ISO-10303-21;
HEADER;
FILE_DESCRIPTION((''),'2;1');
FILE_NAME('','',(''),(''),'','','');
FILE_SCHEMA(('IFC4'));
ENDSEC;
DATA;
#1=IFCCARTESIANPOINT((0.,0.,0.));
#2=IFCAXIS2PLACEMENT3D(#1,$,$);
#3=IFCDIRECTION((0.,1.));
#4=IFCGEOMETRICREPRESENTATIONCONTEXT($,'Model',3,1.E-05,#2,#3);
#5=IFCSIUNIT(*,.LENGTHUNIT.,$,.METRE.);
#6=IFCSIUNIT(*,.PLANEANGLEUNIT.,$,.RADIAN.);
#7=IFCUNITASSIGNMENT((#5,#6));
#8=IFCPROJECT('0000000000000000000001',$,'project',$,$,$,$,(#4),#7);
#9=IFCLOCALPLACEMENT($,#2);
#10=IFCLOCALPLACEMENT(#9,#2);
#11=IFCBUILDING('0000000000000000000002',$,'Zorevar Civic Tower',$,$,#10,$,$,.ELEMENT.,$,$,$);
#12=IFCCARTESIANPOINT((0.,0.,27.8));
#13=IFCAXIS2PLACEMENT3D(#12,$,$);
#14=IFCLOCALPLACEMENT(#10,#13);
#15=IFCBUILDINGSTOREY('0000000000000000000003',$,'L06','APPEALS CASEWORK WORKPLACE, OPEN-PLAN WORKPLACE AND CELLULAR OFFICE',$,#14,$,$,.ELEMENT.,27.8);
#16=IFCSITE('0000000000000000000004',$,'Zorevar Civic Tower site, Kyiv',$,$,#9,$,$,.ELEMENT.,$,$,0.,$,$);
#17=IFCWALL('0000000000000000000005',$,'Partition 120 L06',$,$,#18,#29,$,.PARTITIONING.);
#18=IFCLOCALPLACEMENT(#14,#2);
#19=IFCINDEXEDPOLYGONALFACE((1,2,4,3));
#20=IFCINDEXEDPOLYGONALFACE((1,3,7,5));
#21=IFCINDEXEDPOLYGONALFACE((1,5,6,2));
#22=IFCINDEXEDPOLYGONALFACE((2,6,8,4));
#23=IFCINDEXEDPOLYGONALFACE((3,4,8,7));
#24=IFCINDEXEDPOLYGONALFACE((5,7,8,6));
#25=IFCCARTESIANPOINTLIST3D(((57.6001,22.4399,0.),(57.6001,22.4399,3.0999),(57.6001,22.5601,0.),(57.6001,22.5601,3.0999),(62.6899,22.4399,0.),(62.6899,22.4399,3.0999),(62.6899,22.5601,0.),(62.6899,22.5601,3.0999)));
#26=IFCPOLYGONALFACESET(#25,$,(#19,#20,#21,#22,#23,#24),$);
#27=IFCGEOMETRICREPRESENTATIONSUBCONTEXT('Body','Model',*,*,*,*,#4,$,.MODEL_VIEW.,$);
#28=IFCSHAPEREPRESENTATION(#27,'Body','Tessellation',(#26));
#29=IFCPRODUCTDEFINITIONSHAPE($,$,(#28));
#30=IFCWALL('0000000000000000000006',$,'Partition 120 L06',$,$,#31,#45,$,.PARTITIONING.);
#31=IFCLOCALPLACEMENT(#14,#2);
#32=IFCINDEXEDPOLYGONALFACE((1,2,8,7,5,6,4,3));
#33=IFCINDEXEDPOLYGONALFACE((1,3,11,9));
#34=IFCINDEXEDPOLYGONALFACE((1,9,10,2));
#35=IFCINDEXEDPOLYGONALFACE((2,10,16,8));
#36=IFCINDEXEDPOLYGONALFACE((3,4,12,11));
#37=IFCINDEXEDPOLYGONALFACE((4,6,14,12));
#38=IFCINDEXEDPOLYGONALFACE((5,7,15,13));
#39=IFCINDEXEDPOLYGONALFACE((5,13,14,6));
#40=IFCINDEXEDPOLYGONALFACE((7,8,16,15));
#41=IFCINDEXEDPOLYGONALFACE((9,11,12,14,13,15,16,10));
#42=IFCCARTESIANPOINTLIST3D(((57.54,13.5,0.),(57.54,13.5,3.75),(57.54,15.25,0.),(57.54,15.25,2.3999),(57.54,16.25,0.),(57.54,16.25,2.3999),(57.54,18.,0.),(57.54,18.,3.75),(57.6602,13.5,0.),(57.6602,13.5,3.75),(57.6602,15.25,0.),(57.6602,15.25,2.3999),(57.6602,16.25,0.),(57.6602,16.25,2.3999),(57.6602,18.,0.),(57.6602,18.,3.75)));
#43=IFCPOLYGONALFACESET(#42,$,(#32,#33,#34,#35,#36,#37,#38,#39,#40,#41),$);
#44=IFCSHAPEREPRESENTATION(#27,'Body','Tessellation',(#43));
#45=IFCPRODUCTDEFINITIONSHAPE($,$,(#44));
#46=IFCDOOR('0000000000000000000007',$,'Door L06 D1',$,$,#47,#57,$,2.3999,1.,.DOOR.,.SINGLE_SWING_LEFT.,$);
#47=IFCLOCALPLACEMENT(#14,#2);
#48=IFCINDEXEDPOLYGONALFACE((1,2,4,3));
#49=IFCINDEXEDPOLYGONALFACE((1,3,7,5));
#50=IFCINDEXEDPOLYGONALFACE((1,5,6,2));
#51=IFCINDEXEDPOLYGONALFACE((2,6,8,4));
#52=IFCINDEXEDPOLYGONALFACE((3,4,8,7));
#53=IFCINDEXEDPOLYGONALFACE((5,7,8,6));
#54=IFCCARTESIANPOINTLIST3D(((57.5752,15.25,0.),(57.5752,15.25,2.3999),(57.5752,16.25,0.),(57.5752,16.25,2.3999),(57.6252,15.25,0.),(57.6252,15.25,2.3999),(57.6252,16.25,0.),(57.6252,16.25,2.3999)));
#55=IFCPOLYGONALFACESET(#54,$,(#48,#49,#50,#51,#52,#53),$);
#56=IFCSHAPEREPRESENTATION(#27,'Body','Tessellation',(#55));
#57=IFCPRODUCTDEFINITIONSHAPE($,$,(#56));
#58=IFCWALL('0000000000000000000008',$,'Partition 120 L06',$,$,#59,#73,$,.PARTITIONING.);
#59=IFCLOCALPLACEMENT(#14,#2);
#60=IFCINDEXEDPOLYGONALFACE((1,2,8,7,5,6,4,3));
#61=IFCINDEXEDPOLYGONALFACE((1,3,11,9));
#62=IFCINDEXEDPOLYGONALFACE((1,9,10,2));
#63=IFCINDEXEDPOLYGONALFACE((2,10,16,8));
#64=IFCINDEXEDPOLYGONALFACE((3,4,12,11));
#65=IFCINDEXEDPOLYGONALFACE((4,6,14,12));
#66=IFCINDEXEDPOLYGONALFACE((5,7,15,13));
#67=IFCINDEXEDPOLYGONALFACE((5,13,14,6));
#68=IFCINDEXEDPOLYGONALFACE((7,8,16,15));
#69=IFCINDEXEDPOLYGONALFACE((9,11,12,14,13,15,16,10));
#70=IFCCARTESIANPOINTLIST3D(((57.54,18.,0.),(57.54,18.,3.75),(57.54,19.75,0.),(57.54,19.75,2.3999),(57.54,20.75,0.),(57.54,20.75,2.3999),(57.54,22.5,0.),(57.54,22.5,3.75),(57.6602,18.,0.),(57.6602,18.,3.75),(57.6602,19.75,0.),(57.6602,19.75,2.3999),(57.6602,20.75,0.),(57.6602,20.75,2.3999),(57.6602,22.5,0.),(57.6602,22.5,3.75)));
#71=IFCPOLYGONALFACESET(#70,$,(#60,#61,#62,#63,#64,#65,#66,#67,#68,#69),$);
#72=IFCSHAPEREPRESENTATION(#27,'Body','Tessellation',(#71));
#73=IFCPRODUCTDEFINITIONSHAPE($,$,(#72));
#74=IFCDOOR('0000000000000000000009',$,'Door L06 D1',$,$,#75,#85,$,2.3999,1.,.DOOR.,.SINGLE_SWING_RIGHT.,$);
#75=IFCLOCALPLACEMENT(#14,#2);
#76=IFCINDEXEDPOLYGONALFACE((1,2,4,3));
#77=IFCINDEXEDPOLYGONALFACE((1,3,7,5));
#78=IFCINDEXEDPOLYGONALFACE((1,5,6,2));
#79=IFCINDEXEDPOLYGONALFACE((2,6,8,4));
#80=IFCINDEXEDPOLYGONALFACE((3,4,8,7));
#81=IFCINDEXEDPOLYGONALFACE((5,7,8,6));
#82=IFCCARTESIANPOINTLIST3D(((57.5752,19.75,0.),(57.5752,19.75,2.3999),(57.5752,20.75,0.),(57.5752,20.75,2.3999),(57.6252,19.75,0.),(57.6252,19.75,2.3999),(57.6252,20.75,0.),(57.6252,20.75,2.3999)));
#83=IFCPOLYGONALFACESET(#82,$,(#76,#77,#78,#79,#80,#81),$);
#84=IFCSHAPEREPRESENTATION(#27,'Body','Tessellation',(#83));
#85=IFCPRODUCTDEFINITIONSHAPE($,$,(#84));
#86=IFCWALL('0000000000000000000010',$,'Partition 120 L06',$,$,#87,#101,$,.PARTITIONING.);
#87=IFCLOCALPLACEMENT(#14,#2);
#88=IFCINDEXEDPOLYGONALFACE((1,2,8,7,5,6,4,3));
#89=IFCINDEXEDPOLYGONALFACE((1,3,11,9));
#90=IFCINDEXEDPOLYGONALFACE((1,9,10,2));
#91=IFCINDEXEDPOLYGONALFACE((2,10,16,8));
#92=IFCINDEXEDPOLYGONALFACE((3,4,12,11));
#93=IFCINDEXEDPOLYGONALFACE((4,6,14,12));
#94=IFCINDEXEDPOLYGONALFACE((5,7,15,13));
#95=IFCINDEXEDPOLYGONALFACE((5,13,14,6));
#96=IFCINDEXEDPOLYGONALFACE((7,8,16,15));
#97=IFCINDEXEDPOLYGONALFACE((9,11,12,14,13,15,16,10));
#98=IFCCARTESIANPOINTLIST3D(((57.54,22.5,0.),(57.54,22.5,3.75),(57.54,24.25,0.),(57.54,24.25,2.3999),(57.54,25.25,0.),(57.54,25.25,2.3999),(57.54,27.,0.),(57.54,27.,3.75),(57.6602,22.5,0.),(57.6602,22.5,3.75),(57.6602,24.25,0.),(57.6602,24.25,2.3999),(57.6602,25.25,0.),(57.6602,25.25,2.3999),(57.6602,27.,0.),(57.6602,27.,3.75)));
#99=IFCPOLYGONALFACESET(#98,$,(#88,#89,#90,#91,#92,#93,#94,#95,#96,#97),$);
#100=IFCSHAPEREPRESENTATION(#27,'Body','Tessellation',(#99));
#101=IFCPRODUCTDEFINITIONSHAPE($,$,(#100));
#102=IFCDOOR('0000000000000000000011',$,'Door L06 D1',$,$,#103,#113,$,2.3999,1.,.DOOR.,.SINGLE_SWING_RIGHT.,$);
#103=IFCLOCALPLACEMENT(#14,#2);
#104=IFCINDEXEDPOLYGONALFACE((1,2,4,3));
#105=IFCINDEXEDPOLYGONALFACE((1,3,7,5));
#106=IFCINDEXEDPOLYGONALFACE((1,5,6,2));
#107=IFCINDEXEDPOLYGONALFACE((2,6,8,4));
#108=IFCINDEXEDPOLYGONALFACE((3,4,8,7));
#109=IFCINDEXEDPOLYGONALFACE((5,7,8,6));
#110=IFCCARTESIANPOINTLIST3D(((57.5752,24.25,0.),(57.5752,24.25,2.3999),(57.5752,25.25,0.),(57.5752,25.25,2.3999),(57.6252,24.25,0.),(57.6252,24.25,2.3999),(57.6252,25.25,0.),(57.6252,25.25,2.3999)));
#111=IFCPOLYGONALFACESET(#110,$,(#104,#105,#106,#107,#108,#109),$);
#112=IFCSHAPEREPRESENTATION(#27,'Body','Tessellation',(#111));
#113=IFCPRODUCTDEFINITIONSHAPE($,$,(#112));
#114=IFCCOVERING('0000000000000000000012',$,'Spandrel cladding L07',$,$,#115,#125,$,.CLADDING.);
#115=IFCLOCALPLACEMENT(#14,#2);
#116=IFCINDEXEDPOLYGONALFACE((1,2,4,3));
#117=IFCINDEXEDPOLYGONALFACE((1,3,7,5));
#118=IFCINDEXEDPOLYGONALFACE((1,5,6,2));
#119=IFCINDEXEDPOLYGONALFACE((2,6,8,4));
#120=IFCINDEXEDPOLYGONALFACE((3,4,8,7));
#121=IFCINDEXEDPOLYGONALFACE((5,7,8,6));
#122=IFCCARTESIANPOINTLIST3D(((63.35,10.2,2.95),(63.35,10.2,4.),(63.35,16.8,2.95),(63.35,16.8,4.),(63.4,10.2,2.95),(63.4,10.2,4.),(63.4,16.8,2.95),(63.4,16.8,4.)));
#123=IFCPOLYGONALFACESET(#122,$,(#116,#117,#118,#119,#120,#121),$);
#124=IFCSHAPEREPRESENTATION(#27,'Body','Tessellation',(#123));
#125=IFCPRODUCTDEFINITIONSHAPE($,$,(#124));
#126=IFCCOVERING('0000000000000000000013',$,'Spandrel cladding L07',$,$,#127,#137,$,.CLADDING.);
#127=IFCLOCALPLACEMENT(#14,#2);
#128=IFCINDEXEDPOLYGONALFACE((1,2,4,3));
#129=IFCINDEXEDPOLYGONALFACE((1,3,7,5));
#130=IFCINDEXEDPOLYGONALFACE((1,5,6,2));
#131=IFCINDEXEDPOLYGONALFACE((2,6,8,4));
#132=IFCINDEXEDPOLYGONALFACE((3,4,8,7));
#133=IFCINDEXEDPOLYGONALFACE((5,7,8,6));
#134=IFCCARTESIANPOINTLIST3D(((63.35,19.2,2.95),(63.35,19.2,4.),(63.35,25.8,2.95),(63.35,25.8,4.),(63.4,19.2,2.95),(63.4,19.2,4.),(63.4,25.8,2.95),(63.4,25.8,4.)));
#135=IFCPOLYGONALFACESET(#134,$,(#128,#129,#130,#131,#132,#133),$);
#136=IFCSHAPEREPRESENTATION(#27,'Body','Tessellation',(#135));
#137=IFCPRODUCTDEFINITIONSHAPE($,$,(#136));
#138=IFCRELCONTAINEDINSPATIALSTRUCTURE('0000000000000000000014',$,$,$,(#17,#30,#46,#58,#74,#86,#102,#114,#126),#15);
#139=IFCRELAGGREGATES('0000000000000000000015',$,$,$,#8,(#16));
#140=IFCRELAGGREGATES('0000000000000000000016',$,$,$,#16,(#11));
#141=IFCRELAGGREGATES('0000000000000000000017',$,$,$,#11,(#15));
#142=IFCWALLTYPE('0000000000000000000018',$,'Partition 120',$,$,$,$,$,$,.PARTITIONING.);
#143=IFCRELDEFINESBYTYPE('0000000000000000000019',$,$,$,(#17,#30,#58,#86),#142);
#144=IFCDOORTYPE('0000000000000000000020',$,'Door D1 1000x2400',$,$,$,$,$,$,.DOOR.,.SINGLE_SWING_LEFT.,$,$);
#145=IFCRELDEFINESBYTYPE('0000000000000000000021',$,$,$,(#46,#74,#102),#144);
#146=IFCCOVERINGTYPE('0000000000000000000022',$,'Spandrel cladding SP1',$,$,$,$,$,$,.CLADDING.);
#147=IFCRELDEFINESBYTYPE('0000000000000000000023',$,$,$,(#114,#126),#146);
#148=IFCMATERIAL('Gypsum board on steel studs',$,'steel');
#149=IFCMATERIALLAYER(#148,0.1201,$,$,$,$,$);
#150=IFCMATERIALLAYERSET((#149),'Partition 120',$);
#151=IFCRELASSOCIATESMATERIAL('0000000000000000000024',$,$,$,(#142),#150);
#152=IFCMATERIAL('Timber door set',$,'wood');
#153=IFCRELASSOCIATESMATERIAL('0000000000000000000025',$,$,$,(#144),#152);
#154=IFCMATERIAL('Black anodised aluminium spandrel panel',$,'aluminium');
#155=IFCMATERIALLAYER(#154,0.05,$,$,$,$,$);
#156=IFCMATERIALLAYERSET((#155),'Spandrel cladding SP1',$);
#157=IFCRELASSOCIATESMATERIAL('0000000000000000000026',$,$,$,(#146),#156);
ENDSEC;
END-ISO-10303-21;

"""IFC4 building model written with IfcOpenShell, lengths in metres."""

from ifc_helpers import new_model, si_unit, direction, frame, frame_2d, origin, place, context, subcontext, project, spatial, rectangle, extrude, material, layer, layer_set, type_object, element, fill, save


model = new_model("IFC4")

# Units and contexts
model_context = context("Model", 3, precision=1e-05, world=origin(), true_north=direction((0.0, 1.0)))
body_context = subcontext(model_context, "Body", "Model", "MODEL_VIEW")
ifc_project = project(units=[si_unit("LENGTHUNIT", "METRE"), si_unit("PLANEANGLEUNIT", "RADIAN")], contexts=[model_context])

# Site, building, storey
site_placement = place(None, origin())
site = spatial("IfcSite", under=ifc_project, at=site_placement, Name="Zorevar Civic Tower site, Kyiv", CompositionType="ELEMENT", RefElevation=0.0)
building_placement = place(site_placement, origin())
building = spatial("IfcBuilding", under=site, at=building_placement, Name="Zorevar Civic Tower", CompositionType="ELEMENT")
storey_placement = place(building_placement, frame((0.0, 0.0, 27.8)))
storey = spatial("IfcBuildingStorey", under=building, at=storey_placement, Name="L06", Description="APPEALS CASEWORK WORKPLACE, OPEN-PLAN WORKPLACE AND CELLULAR OFFICE", CompositionType="ELEMENT", Elevation=27.8)

# Wall
ifc_material_1 = material(Name="Gypsum board on steel studs", Category="steel")
ifc_layer_1 = layer(ifc_material_1, 0.1201)
ifc_layer_set_1 = layer_set([ifc_layer_1], Name="Partition 120")
wall_type_1 = type_object("IfcWallType", Name="Partition 120", PredefinedType="PARTITIONING", material=ifc_layer_set_1)
wall_1_placement = place(storey_placement, frame((57.6001, 22.5, 0.0), z_axis=(0.0, 0.0, 1.0), x_axis=(1.0, 0.0, 0.0)))
element("IfcWall", 1, at=wall_1_placement, inside=storey, type_object=wall_type_1, Name="Partition 120 L06", PredefinedType="PARTITIONING", context=body_context, shape_type="SweptSolid", body=[
    extrude(rectangle(XDim=5.0898, YDim=0.1201, at=frame_2d((2.5449, 0.0))), origin(), (0.0, 0.0, 1.0), 3.0999),
])

# Walls, openings, doors
wall_2_placement = place(storey_placement, frame((57.6001, 13.5, 0.0), z_axis=(0.0, 0.0, 1.0), x_axis=(0.0, 1.0, 0.0)))
wall_2 = element("IfcWall", 2, at=wall_2_placement, inside=storey, type_object=wall_type_1, Name="Partition 120 L06", PredefinedType="PARTITIONING", context=body_context, shape_type="SweptSolid", body=[
    extrude(rectangle(XDim=4.5, YDim=0.1201, at=frame_2d((2.25, 0.0))), origin(), (0.0, 0.0, 1.0), 3.75),
])
opening_1_placement = place(wall_2_placement, frame((1.75, 0.0, 0.0)))
opening_1 = element("IfcOpeningElement", 3, at=opening_1_placement, cuts=wall_2, PredefinedType="OPENING", context=body_context, shape_type="SweptSolid", body=[
    extrude(rectangle(XDim=1.0, YDim=2.3999, at=frame_2d((0.5, 1.2))), frame((0.0, 0.0701, 0.0), z_axis=(0.0, -1.0, 0.0), x_axis=(1.0, 0.0, 0.0)), (0.0, 0.0, 1.0), 0.1401),
])
ifc_material_2 = material(Name="Timber door set", Category="wood")
door_type = type_object("IfcDoorType", Name="Door D1 1000x2400", OperationType="SINGLE_SWING_LEFT", PredefinedType="DOOR", material=ifc_material_2)
door_1_placement = place(opening_1_placement, origin())
door_1 = element("IfcDoor", 4, at=door_1_placement, inside=storey, type_object=door_type, Name="Door L06 D1", OperationType="SINGLE_SWING_LEFT", OverallHeight=2.3999, OverallWidth=1.0, PredefinedType="DOOR", context=body_context, shape_type="SweptSolid", body=[
    extrude(rectangle(XDim=1.0, YDim=2.3999, at=frame_2d((0.5, 1.2))), frame((0.0, 0.0249, 0.0), z_axis=(0.0, -1.0, 0.0), x_axis=(1.0, 0.0, 0.0)), (0.0, 0.0, 1.0), 0.05),
])
fill(opening_1, door_1)
wall_3_placement = place(storey_placement, frame((57.6001, 18.0, 0.0), z_axis=(0.0, 0.0, 1.0), x_axis=(0.0, 1.0, 0.0)))
wall_3 = element("IfcWall", 5, at=wall_3_placement, inside=storey, type_object=wall_type_1, Name="Partition 120 L06", PredefinedType="PARTITIONING", context=body_context, shape_type="SweptSolid", body=[
    extrude(rectangle(XDim=4.5, YDim=0.1201, at=frame_2d((2.25, 0.0))), origin(), (0.0, 0.0, 1.0), 3.75),
])
opening_2_placement = place(wall_3_placement, frame((1.75, 0.0, 0.0)))
opening_2 = element("IfcOpeningElement", 6, at=opening_2_placement, cuts=wall_3, PredefinedType="OPENING", context=body_context, shape_type="SweptSolid", body=[
    extrude(rectangle(XDim=1.0, YDim=2.3999, at=frame_2d((0.5, 1.2))), frame((0.0, 0.0701, 0.0), z_axis=(0.0, -1.0, 0.0), x_axis=(1.0, 0.0, 0.0)), (0.0, 0.0, 1.0), 0.1401),
])
door_2_placement = place(opening_2_placement, origin())
door_2 = element("IfcDoor", 7, at=door_2_placement, inside=storey, type_object=door_type, Name="Door L06 D1", OperationType="SINGLE_SWING_RIGHT", OverallHeight=2.3999, OverallWidth=1.0, PredefinedType="DOOR", context=body_context, shape_type="SweptSolid", body=[
    extrude(rectangle(XDim=1.0, YDim=2.3999, at=frame_2d((0.5, 1.2))), frame((0.0, 0.0249, 0.0), z_axis=(0.0, -1.0, 0.0), x_axis=(1.0, 0.0, 0.0)), (0.0, 0.0, 1.0), 0.05),
])
fill(opening_2, door_2)
wall_4_placement = place(storey_placement, frame((57.6001, 22.5, 0.0), z_axis=(0.0, 0.0, 1.0), x_axis=(0.0, 1.0, 0.0)))
wall_4 = element("IfcWall", 8, at=wall_4_placement, inside=storey, type_object=wall_type_1, Name="Partition 120 L06", PredefinedType="PARTITIONING", context=body_context, shape_type="SweptSolid", body=[
    extrude(rectangle(XDim=4.5, YDim=0.1201, at=frame_2d((2.25, 0.0))), origin(), (0.0, 0.0, 1.0), 3.75),
])
opening_3_placement = place(wall_4_placement, frame((1.75, 0.0, 0.0)))
opening_3 = element("IfcOpeningElement", 9, at=opening_3_placement, cuts=wall_4, PredefinedType="OPENING", context=body_context, shape_type="SweptSolid", body=[
    extrude(rectangle(XDim=1.0, YDim=2.3999, at=frame_2d((0.5, 1.2))), frame((0.0, 0.0701, 0.0), z_axis=(0.0, -1.0, 0.0), x_axis=(1.0, 0.0, 0.0)), (0.0, 0.0, 1.0), 0.1401),
])
door_3_placement = place(opening_3_placement, origin())
door_3 = element("IfcDoor", 10, at=door_3_placement, inside=storey, type_object=door_type, Name="Door L06 D1", OperationType="SINGLE_SWING_RIGHT", OverallHeight=2.3999, OverallWidth=1.0, PredefinedType="DOOR", context=body_context, shape_type="SweptSolid", body=[
    extrude(rectangle(XDim=1.0, YDim=2.3999, at=frame_2d((0.5, 1.2))), frame((0.0, 0.0249, 0.0), z_axis=(0.0, -1.0, 0.0), x_axis=(1.0, 0.0, 0.0)), (0.0, 0.0, 1.0), 0.05),
])
fill(opening_3, door_3)

# Coverings
ifc_material_3 = material(Name="Black anodised aluminium spandrel panel", Category="aluminium")
ifc_layer_2 = layer(ifc_material_3, 0.05)
ifc_layer_set_2 = layer_set([ifc_layer_2], Name="Spandrel cladding SP1")
covering_type = type_object("IfcCoveringType", Name="Spandrel cladding SP1", PredefinedType="CLADDING", material=ifc_layer_set_2)
for number, where, z_axis, x_axis, name in (
    (11, (63.375, 10.2, 2.95), (0.0, 0.0, 1.0), (0.0, 1.0, 0.0), "Spandrel cladding L07"),
    (12, (63.375, 19.2, 2.95), (0.0, 0.0, 1.0), (0.0, 1.0, 0.0), "Spandrel cladding L07"),
):
    element("IfcCovering", number, at=place(storey_placement, frame(where, z_axis=z_axis, x_axis=x_axis)), inside=storey, type_object=covering_type, Name=name, PredefinedType="CLADDING", context=body_context, shape_type="SweptSolid", body=[
        extrude(rectangle(XDim=6.6001, YDim=0.05, at=frame_2d((3.3, 0.0))), origin(), (0.0, 0.0, 1.0), 1.05),
    ])

save(model, "model.ifc")
